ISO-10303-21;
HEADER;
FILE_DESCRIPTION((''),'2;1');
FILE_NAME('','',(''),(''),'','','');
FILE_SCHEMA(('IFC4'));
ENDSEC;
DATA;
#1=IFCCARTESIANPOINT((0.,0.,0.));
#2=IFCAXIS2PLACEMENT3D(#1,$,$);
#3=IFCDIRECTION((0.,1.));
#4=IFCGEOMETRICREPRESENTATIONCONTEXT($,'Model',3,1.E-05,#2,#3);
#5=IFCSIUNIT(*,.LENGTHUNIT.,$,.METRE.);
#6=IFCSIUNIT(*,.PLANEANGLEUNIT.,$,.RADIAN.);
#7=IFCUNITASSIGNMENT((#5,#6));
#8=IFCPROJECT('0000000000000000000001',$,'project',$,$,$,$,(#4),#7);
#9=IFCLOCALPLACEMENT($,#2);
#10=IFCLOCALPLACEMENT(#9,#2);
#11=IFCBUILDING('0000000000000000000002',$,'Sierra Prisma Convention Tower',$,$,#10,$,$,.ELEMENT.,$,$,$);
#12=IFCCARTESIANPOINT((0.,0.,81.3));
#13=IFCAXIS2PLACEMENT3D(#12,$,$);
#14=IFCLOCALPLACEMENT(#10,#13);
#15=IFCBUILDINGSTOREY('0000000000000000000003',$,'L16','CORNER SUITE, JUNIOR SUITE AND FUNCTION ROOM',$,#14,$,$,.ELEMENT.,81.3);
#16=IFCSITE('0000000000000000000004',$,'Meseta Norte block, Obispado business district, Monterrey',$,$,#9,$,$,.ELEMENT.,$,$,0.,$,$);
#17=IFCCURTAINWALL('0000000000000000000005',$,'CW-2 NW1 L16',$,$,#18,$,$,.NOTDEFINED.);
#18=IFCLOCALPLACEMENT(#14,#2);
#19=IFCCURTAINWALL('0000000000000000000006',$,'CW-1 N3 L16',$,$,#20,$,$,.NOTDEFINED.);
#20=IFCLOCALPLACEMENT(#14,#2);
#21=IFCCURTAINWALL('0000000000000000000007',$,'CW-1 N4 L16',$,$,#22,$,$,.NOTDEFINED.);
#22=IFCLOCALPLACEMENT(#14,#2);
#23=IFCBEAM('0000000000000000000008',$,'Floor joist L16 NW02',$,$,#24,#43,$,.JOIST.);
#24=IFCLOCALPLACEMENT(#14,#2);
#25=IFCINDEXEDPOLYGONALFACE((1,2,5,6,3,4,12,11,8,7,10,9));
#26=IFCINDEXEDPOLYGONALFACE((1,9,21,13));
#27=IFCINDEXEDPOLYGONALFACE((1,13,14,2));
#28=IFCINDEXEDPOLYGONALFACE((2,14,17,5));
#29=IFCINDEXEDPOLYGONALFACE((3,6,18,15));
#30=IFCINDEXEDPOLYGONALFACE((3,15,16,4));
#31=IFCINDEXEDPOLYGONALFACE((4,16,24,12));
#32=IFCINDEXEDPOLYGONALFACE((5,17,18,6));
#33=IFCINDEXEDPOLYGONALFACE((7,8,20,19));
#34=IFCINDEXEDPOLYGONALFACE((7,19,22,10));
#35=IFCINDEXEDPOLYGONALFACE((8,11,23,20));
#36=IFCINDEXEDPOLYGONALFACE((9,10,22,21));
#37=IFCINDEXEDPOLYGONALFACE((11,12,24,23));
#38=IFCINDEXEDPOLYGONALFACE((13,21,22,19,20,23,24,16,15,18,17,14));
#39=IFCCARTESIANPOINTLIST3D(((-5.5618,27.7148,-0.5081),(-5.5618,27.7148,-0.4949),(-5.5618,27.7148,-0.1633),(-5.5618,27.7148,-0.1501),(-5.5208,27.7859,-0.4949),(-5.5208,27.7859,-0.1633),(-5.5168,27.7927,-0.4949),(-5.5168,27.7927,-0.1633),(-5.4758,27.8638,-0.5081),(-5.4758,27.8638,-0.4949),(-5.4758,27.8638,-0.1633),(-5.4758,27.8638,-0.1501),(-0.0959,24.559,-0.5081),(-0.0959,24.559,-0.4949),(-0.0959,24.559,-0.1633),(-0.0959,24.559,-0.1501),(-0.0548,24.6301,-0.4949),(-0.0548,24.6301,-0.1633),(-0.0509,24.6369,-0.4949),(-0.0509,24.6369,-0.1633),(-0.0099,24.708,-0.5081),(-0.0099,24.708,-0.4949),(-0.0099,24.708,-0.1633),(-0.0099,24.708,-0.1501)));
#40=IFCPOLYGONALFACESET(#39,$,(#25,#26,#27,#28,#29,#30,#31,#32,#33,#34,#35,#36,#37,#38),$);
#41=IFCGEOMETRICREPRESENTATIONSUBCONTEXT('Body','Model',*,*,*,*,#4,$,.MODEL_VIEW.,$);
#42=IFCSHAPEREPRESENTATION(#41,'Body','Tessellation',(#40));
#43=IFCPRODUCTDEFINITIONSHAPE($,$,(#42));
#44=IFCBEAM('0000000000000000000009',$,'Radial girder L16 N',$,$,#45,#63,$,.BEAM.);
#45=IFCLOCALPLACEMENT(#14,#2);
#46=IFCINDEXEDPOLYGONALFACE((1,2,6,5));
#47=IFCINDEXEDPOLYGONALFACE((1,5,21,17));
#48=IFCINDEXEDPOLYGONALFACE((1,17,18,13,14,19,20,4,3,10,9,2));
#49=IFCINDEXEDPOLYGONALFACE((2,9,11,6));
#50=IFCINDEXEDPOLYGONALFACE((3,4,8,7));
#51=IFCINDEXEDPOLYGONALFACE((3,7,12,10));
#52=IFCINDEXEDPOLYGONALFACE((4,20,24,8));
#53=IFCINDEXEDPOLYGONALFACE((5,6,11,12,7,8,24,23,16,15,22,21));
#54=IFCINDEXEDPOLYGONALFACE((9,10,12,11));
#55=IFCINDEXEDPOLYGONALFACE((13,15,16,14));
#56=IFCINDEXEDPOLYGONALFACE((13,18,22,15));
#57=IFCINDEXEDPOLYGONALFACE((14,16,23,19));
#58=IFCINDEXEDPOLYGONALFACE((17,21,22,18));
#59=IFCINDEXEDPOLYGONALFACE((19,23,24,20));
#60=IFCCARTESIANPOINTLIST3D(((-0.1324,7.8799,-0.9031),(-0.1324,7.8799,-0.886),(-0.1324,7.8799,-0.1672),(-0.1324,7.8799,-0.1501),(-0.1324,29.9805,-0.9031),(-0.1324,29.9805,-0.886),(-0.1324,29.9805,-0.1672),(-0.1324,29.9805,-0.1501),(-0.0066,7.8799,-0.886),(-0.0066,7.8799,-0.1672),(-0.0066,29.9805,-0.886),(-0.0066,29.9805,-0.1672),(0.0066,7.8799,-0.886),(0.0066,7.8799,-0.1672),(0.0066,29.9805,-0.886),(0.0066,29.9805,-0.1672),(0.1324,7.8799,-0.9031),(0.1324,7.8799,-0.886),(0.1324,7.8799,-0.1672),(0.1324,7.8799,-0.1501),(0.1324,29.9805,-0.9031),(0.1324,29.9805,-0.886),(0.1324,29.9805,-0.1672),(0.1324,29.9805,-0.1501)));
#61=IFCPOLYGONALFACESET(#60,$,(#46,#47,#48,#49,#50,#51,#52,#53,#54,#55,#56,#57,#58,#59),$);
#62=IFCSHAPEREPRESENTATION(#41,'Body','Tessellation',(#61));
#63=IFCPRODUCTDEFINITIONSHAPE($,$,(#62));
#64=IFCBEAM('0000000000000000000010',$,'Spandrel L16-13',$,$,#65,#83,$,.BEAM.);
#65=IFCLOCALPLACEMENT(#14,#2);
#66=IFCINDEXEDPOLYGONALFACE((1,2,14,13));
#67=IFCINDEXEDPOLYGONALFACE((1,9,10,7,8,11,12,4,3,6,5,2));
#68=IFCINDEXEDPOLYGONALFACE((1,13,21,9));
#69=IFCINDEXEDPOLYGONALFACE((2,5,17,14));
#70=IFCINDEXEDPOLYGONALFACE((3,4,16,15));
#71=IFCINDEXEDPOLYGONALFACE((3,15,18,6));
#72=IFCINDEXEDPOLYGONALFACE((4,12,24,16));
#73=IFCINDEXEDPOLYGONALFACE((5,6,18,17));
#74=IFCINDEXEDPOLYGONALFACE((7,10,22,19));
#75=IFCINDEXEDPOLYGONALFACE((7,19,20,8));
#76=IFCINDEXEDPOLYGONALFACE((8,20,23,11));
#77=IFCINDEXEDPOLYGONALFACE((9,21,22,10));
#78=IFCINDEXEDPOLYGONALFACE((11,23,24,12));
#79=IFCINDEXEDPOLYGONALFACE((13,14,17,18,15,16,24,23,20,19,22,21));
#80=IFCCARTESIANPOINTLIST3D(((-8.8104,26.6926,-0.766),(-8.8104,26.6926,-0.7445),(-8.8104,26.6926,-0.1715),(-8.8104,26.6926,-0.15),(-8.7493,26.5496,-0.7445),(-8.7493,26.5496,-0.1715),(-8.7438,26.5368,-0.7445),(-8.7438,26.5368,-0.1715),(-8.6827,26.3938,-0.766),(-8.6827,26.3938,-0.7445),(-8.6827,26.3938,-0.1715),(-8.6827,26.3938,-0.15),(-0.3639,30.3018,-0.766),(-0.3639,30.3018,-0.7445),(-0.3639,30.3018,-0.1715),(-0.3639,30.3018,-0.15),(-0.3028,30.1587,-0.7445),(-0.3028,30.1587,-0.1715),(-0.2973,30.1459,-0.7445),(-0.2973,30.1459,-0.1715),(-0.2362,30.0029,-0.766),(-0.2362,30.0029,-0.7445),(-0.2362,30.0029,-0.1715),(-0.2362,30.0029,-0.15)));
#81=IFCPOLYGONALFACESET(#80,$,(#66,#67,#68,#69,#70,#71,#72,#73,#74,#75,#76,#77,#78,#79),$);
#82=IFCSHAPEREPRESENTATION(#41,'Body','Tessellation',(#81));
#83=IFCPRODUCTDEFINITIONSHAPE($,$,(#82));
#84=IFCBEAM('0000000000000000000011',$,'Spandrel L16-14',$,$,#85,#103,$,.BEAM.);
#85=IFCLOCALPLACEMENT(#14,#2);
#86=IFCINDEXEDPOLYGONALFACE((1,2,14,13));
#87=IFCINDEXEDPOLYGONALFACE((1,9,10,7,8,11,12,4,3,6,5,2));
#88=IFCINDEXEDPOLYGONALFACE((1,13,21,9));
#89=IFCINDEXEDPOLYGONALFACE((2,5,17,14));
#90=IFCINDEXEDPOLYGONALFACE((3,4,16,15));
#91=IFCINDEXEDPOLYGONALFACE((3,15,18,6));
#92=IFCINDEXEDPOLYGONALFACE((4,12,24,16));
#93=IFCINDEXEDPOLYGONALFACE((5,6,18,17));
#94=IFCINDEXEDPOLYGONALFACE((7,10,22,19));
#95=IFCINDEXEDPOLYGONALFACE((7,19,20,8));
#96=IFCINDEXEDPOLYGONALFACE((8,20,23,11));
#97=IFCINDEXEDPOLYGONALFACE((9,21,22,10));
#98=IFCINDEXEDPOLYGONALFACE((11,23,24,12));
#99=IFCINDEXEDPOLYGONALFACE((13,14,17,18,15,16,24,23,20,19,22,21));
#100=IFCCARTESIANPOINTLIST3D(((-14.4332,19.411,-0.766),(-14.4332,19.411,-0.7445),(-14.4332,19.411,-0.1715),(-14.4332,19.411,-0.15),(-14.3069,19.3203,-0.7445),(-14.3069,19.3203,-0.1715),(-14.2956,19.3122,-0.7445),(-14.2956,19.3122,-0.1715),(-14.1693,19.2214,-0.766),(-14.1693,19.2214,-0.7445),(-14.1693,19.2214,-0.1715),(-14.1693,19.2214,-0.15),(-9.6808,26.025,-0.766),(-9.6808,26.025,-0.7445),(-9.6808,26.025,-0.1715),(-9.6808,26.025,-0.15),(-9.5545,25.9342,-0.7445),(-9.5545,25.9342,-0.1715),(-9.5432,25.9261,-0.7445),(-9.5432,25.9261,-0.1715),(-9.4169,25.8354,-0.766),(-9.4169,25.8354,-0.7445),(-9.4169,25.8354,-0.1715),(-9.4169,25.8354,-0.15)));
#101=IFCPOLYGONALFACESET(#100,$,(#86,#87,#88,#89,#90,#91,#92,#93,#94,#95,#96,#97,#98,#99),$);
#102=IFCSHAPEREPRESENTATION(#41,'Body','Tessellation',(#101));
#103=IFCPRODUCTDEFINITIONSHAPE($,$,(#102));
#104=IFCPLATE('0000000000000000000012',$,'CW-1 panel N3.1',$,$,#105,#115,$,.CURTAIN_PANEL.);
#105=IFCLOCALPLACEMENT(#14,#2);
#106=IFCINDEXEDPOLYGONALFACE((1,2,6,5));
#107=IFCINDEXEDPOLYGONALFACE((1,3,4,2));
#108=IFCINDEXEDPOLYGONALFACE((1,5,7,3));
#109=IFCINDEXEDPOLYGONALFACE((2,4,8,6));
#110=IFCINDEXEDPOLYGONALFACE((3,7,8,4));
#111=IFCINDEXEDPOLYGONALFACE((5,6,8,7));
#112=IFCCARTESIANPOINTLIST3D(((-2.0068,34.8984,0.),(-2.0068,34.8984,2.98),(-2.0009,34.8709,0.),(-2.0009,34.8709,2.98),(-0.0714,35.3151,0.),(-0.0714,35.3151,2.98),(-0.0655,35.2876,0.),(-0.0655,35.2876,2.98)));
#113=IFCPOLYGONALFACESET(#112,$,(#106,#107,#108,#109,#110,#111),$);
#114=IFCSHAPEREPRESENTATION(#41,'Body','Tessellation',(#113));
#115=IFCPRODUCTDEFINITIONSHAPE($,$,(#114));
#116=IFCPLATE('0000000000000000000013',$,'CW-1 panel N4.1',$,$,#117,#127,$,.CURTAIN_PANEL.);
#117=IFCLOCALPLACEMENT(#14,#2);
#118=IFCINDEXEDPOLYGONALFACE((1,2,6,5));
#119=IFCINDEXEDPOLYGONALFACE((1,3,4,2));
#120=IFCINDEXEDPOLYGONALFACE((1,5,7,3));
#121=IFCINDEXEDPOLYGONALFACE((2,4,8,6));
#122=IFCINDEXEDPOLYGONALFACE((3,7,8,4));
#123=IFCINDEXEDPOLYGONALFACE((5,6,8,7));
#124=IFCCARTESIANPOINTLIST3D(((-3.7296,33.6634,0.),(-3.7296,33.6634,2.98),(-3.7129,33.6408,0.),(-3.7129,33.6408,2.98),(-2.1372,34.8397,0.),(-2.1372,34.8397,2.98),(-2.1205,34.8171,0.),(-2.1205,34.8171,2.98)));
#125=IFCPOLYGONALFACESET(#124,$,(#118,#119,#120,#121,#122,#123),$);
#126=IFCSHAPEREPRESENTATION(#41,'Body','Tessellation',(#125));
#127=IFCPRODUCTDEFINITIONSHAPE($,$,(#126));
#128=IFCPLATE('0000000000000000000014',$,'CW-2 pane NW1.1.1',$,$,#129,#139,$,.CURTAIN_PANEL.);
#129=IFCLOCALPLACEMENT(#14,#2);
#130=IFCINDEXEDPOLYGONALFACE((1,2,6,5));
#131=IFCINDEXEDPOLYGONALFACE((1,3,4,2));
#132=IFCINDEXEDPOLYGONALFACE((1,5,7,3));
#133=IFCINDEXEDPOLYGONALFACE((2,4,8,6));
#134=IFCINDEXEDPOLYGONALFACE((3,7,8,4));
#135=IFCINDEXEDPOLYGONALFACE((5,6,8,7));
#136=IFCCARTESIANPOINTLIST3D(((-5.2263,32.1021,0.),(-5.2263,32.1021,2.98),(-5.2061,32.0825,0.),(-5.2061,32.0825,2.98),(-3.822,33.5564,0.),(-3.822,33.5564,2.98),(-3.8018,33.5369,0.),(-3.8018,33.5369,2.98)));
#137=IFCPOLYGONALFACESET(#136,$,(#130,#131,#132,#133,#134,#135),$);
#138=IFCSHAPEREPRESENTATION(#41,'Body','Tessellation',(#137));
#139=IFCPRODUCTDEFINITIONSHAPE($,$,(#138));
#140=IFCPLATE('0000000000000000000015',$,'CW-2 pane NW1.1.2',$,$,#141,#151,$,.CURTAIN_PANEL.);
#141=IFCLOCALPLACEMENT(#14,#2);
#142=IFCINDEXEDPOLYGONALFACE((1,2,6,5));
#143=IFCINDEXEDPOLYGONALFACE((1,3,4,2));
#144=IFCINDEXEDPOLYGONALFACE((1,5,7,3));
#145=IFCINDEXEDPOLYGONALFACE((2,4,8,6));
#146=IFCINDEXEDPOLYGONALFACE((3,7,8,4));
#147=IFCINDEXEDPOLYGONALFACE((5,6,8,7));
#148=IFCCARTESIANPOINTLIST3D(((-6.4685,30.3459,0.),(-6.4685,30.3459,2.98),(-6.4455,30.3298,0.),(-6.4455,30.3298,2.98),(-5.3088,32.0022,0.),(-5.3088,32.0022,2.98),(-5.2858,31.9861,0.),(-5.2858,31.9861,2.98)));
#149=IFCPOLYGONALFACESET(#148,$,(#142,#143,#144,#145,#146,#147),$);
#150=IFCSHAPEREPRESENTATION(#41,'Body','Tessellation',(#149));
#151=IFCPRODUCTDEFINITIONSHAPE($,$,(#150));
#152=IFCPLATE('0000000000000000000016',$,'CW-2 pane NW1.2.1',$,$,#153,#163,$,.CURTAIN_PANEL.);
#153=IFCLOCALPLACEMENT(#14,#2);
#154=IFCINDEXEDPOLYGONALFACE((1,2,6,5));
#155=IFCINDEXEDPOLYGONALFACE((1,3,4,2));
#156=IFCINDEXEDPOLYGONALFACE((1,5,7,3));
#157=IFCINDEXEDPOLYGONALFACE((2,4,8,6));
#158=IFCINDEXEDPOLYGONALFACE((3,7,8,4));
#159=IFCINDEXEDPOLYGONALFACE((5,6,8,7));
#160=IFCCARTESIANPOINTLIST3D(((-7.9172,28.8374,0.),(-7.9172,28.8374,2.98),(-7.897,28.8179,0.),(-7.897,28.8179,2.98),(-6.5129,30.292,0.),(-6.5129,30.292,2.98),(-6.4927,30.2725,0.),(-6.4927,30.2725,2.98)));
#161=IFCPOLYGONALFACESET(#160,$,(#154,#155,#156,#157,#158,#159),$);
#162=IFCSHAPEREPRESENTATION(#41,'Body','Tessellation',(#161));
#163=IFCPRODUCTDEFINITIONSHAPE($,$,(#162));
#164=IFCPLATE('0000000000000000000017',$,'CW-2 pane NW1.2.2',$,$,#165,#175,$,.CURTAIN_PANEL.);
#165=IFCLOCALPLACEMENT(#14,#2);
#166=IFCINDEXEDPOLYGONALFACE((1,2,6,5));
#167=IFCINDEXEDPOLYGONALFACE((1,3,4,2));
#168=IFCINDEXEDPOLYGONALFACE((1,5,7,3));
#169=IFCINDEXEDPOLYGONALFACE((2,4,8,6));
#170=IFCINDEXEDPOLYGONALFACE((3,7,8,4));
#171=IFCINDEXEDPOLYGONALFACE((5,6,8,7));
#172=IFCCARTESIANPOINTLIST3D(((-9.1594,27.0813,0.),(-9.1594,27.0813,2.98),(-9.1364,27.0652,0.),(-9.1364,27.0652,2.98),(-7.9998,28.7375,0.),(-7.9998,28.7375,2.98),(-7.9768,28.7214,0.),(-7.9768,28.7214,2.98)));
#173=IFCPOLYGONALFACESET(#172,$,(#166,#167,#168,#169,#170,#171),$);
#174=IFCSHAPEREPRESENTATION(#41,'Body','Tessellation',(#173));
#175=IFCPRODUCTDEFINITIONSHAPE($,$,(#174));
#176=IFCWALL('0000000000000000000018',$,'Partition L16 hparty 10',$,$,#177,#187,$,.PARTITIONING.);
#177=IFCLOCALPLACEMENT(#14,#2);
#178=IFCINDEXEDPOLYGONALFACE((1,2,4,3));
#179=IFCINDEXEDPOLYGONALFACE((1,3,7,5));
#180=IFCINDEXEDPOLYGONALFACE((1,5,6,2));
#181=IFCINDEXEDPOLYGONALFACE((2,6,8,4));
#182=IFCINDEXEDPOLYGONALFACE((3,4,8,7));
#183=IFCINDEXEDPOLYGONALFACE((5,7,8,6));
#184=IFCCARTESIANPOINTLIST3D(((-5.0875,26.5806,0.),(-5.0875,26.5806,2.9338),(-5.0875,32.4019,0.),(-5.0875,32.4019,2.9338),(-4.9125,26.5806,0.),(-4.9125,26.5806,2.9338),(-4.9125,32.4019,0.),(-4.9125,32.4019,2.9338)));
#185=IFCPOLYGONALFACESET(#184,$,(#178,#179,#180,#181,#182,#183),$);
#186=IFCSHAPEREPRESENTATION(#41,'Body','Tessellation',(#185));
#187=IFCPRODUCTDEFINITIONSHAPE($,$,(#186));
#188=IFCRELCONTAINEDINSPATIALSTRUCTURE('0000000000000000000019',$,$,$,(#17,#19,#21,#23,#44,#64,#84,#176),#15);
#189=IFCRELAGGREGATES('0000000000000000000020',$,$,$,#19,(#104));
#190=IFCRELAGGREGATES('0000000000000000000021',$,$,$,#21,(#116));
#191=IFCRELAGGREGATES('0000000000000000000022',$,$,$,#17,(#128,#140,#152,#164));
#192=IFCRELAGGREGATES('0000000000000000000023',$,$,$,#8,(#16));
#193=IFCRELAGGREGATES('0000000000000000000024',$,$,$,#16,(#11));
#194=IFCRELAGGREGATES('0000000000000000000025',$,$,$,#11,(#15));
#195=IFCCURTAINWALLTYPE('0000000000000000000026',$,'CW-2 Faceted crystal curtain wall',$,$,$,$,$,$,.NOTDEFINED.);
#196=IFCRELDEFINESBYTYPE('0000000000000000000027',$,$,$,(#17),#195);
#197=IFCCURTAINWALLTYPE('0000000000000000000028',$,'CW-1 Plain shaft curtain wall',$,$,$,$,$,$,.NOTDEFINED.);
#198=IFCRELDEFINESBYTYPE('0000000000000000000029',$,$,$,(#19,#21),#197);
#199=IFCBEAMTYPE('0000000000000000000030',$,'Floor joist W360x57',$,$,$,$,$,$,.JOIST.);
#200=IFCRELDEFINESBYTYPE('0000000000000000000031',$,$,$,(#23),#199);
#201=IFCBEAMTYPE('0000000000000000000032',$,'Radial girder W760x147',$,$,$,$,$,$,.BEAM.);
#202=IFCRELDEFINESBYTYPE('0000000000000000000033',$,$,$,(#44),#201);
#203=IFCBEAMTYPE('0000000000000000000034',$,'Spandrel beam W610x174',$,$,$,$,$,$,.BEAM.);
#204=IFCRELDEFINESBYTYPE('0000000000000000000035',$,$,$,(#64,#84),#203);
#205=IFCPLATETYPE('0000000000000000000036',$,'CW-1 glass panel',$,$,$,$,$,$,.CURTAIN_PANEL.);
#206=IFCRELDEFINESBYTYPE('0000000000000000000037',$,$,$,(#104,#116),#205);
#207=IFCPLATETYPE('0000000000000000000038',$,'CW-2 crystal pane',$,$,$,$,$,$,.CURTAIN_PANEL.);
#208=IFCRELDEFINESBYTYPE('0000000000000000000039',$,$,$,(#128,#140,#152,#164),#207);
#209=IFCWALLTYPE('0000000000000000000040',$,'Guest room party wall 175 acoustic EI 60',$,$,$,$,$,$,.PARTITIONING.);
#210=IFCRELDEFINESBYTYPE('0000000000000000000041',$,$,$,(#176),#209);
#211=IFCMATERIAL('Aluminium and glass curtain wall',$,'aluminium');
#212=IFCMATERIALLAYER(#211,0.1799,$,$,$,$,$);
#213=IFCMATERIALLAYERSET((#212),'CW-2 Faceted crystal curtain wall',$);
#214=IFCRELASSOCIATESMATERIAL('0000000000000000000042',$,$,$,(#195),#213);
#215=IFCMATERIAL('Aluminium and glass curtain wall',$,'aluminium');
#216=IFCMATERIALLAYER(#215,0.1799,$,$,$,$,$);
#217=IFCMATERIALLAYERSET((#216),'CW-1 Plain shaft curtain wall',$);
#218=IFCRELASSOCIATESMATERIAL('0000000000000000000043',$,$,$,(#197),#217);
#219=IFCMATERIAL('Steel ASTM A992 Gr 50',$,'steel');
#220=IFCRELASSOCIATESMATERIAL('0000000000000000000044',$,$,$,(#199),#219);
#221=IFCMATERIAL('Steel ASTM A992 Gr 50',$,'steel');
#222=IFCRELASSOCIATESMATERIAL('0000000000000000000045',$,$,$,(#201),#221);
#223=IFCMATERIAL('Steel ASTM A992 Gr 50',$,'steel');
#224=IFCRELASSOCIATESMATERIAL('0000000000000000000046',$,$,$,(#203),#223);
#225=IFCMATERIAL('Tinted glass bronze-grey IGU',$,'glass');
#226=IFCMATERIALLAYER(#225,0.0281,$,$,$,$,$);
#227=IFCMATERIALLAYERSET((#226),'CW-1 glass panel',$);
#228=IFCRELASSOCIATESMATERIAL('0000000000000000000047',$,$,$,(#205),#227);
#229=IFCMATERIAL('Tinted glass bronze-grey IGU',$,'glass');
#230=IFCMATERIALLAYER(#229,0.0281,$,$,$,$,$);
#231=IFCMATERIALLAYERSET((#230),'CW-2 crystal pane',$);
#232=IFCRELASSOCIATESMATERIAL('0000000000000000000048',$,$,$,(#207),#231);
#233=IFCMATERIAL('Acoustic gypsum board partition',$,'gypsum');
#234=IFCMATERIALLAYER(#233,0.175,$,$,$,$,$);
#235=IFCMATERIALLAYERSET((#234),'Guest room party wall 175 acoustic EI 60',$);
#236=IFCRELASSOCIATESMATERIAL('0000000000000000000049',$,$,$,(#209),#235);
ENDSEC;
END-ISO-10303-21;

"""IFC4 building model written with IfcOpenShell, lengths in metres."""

from ifc_helpers import new_model, si_unit, direction, frame, frame_2d, origin, origin_2d, place, context, subcontext, project, spatial, polyline, rectangle, i_section, outline, extrude, material, layer, layer_set, material_profile, profile_set, type_object, element, aggregate, save


model = new_model("IFC4")

# Units and contexts
model_context = context("Model", 3, precision=1e-05, world=origin(), true_north=direction((0.0, 1.0)))
body_context = subcontext(model_context, "Body", "Model", "MODEL_VIEW")
ifc_project = project(units=[si_unit("LENGTHUNIT", "METRE"), si_unit("PLANEANGLEUNIT", "RADIAN")], contexts=[model_context])

# Site, building, storey
site_placement = place(None, origin())
site = spatial("IfcSite", under=ifc_project, at=site_placement, Name="Meseta Norte block, Obispado business district, Monterrey", CompositionType="ELEMENT", RefElevation=0.0)
building_placement = place(site_placement, origin())
building = spatial("IfcBuilding", under=site, at=building_placement, Name="Sierra Prisma Convention Tower", CompositionType="ELEMENT")
storey_placement = place(building_placement, frame((0.0, 0.0, 81.3)))
storey = spatial("IfcBuildingStorey", under=building, at=storey_placement, Name="L16", Description="CORNER SUITE, JUNIOR SUITE AND FUNCTION ROOM", CompositionType="ELEMENT", Elevation=81.3)

# Curtain wall
ifc_material_1 = material(Name="Aluminium and glass curtain wall", Category="aluminium")
ifc_layer_1 = layer(ifc_material_1, 0.1799)
ifc_layer_set_1 = layer_set([ifc_layer_1], Name="CW-2 Faceted crystal curtain wall")
curtain_wall_type_1 = type_object("IfcCurtainWallType", Name="CW-2 Faceted crystal curtain wall", PredefinedType="NOTDEFINED", material=ifc_layer_set_1)
curtain_wall_1_placement = place(storey_placement, origin())
curtain_wall_1 = element("IfcCurtainWall", 1, at=curtain_wall_1_placement, inside=storey, type_object=curtain_wall_type_1, Name="CW-2 NW1 L16", PredefinedType="NOTDEFINED")

# Curtain walls
ifc_material_2 = material(Name="Aluminium and glass curtain wall", Category="aluminium")
ifc_layer_2 = layer(ifc_material_2, 0.1799)
ifc_layer_set_2 = layer_set([ifc_layer_2], Name="CW-1 Plain shaft curtain wall")
curtain_wall_type_2 = type_object("IfcCurtainWallType", Name="CW-1 Plain shaft curtain wall", PredefinedType="NOTDEFINED", material=ifc_layer_set_2)
curtain_wall_2_placement = place(storey_placement, origin())
curtain_wall_2 = element("IfcCurtainWall", 2, at=curtain_wall_2_placement, inside=storey, type_object=curtain_wall_type_2, Name="CW-1 N3 L16", PredefinedType="NOTDEFINED")
curtain_wall_3_placement = place(storey_placement, origin())
curtain_wall_3 = element("IfcCurtainWall", 3, at=curtain_wall_3_placement, inside=storey, type_object=curtain_wall_type_2, Name="CW-1 N4 L16", PredefinedType="NOTDEFINED")

# Beams
ifc_material_3 = material(Name="Steel ASTM A992 Gr 50", Category="steel")
ifc_material_profile_1 = material_profile(ifc_material_3, i_section(OverallWidth=0.1721, OverallDepth=0.3579, WebThickness=0.0078, FlangeThickness=0.0132, at=origin_2d()), Name="W360x57")
ifc_profile_set_1 = profile_set([ifc_material_profile_1], Name="Steel ASTM A992 Gr 50")
beam_type_1 = type_object("IfcBeamType", Name="Floor joist W360x57", PredefinedType="JOIST", material=ifc_profile_set_1)
beam_1_placement = place(storey_placement, frame((-5.5188, 27.7893, -0.3291), z_axis=(0.866021, -0.500008, 0.0), x_axis=(0.500008, 0.866021, 0.0)))
element("IfcBeam", 4, at=beam_1_placement, inside=storey, type_object=beam_type_1, Name="Floor joist L16 NW02", PredefinedType="JOIST", context=body_context, shape_type="SweptSolid", body=[
    extrude(i_section(OverallWidth=0.1721, OverallDepth=0.3579, WebThickness=0.0078, FlangeThickness=0.0132, at=origin_2d()), origin(), (0.0, 0.0, 1.0), 6.3115),
])
ifc_material_4 = material(Name="Steel ASTM A992 Gr 50", Category="steel")
ifc_material_profile_2 = material_profile(ifc_material_4, i_section(OverallWidth=0.2649, OverallDepth=0.7529, WebThickness=0.0132, FlangeThickness=0.0171, at=origin_2d()), Name="W760x147")
ifc_profile_set_2 = profile_set([ifc_material_profile_2], Name="Steel ASTM A992 Gr 50")
beam_type_2 = type_object("IfcBeamType", Name="Radial girder W760x147", PredefinedType="BEAM", material=ifc_profile_set_2)
beam_2_placement = place(storey_placement, frame((0.0, 29.9805, -0.5266), z_axis=(0.0, -1.0, 0.0), x_axis=(1.0, 0.0, 0.0)))
element("IfcBeam", 5, at=beam_2_placement, inside=storey, type_object=beam_type_2, Name="Radial girder L16 N", PredefinedType="BEAM", context=body_context, shape_type="SweptSolid", body=[
    extrude(i_section(OverallWidth=0.2649, OverallDepth=0.7529, WebThickness=0.0132, FlangeThickness=0.0171, at=origin_2d()), origin(), (0.0, 0.0, 1.0), 22.1006),
])
ifc_material_5 = material(Name="Steel ASTM A992 Gr 50", Category="steel")
ifc_material_profile_3 = material_profile(ifc_material_5, i_section(OverallWidth=0.325, OverallDepth=0.616, WebThickness=0.0139, FlangeThickness=0.0215, at=origin_2d()), Name="W610x174")
ifc_profile_set_3 = profile_set([ifc_material_profile_3], Name="Steel ASTM A992 Gr 50")
beam_type_3 = type_object("IfcBeamType", Name="Spandrel beam W610x174", PredefinedType="BEAM", material=ifc_profile_set_3)
beam_3_placement = place(storey_placement, frame((-0.3, 30.1523, -0.458), z_axis=(-0.919571, -0.392925, 0.0), x_axis=(0.392925, -0.919571, 0.0)))
element("IfcBeam", 6, at=beam_3_placement, inside=storey, type_object=beam_type_3, Name="Spandrel L16-13", PredefinedType="BEAM", context=body_context, shape_type="SweptSolid", body=[
    extrude(i_section(OverallWidth=0.325, OverallDepth=0.616, WebThickness=0.0139, FlangeThickness=0.0215, at=origin_2d()), origin(), (0.0, 0.0, 1.0), 9.1853),
])
beam_4_placement = place(storey_placement, frame((-9.5488, 25.9302, -0.458), z_axis=(-0.583524, -0.812096, 0.0), x_axis=(0.812096, -0.583524, 0.0)))
element("IfcBeam", 7, at=beam_4_placement, inside=storey, type_object=beam_type_3, Name="Spandrel L16-14", PredefinedType="BEAM", context=body_context, shape_type="SweptSolid", body=[
    extrude(i_section(OverallWidth=0.325, OverallDepth=0.616, WebThickness=0.0139, FlangeThickness=0.0215, at=origin_2d()), origin(), (0.0, 0.0, 1.0), 8.1443),
])

# Plates
ifc_material_6 = material(Name="Tinted glass bronze-grey IGU", Category="glass")
ifc_layer_3 = layer(ifc_material_6, 0.0281)
ifc_layer_set_3 = layer_set([ifc_layer_3], Name="CW-1 glass panel")
plate_type_1 = type_object("IfcPlateType", Name="CW-1 glass panel", PredefinedType="CURTAIN_PANEL", material=ifc_layer_set_3)
plate_1_placement = place(storey_placement, frame((-1.0361, 35.093, 0.0), z_axis=(0.0, 0.0, 1.0), x_axis=(-0.977598, -0.210482, 0.0)))
plate_1 = element("IfcPlate", 8, at=plate_1_placement, type_object=plate_type_1, Name="CW-1 panel N3.1", PredefinedType="CURTAIN_PANEL", context=body_context, shape_type="SweptSolid", body=[
    extrude(rectangle(XDim=1.9797, YDim=0.0281, at=origin_2d()), origin(), (0.0, 0.0, 1.0), 2.98),
])
aggregate(curtain_wall_2, [plate_1])
plate_2_placement = place(storey_placement, frame((-2.925, 34.2402, 0.0), z_axis=(0.0, 0.0, 1.0), x_axis=(-0.804356, -0.594147, 0.0)))
plate_2 = element("IfcPlate", 9, at=plate_2_placement, type_object=plate_type_1, Name="CW-1 panel N4.1", PredefinedType="CURTAIN_PANEL", context=body_context, shape_type="SweptSolid", body=[
    extrude(rectangle(XDim=1.9797, YDim=0.0281, at=origin_2d()), origin(), (0.0, 0.0, 1.0), 2.98),
])
aggregate(curtain_wall_3, [plate_2])
ifc_material_7 = material(Name="Tinted glass bronze-grey IGU", Category="glass")
ifc_layer_4 = layer(ifc_material_7, 0.0281)
ifc_layer_set_4 = layer_set([ifc_layer_4], Name="CW-2 crystal pane")
plate_type_2 = type_object("IfcPlateType", Name="CW-2 crystal pane", PredefinedType="CURTAIN_PANEL", material=ifc_layer_set_4)
plate_3_placement = place(storey_placement, frame((-3.822, 33.5564, 0.0), z_axis=(-0.719376, 0.69462, 0.0), x_axis=(-0.69462, -0.719376, 0.0)))
plate_3 = element("IfcPlate", 10, at=plate_3_placement, type_object=plate_type_2, Name="CW-2 pane NW1.1.1", PredefinedType="CURTAIN_PANEL", context=body_context, shape_type="SweptSolid", body=[
    extrude(outline(polyline([(0.0, 0.0), (2.0217, 0.0), (2.0217, 2.98), (0.0, 2.98), (0.0, 0.0)])), origin(), (0.0, 0.0, -1.0), 0.0281),
])
plate_4_placement = place(storey_placement, frame((-6.4685, 30.3459, 0.0), z_axis=(-0.819164, 0.57356, 0.0), x_axis=(0.57356, 0.819164, 0.0)))
plate_4 = element("IfcPlate", 11, at=plate_4_placement, type_object=plate_type_2, Name="CW-2 pane NW1.1.2", PredefinedType="CURTAIN_PANEL", context=body_context, shape_type="SweptSolid", body=[
    extrude(outline(polyline([(0.0, 0.0), (2.0219, 0.0), (2.0219, -2.98), (0.0, -2.98), (0.0, 0.0)])), origin(), (0.0, 0.0, -1.0), 0.0281),
])
plate_5_placement = place(storey_placement, frame((-6.5129, 30.292, 0.0), z_axis=(-0.719435, 0.69456, 0.0), x_axis=(-0.69456, -0.719435, 0.0)))
plate_5 = element("IfcPlate", 12, at=plate_5_placement, type_object=plate_type_2, Name="CW-2 pane NW1.2.1", PredefinedType="CURTAIN_PANEL", context=body_context, shape_type="SweptSolid", body=[
    extrude(outline(polyline([(0.0, 0.0), (2.0219, 0.0), (2.0219, 2.98), (0.0, 2.98), (0.0, 0.0)])), origin(), (0.0, 0.0, -1.0), 0.0281),
])
plate_6_placement = place(storey_placement, frame((-9.1594, 27.0813, 0.0), z_axis=(-0.819164, 0.57356, 0.0), x_axis=(0.57356, 0.819164, 0.0)))
plate_6 = element("IfcPlate", 13, at=plate_6_placement, type_object=plate_type_2, Name="CW-2 pane NW1.2.2", PredefinedType="CURTAIN_PANEL", context=body_context, shape_type="SweptSolid", body=[
    extrude(outline(polyline([(0.0, 0.0), (2.0219, 0.0), (2.0219, -2.98), (0.0, -2.98), (0.0, 0.0)])), origin(), (0.0, 0.0, -1.0), 0.0281),
])
aggregate(curtain_wall_1, [plate_3, plate_4, plate_5, plate_6])

# Wall
ifc_material_8 = material(Name="Acoustic gypsum board partition", Category="gypsum")
ifc_layer_5 = layer(ifc_material_8, 0.175)
ifc_layer_set_5 = layer_set([ifc_layer_5], Name="Guest room party wall 175 acoustic EI 60")
wall_type = type_object("IfcWallType", Name="Guest room party wall 175 acoustic EI 60", PredefinedType="PARTITIONING", material=ifc_layer_set_5)
wall_placement = place(storey_placement, frame((-5.0, 32.4019, 0.0), z_axis=(0.0, 0.0, 1.0), x_axis=(0.0, -1.0, 0.0)))
element("IfcWall", 14, at=wall_placement, inside=storey, type_object=wall_type, Name="Partition L16 hparty 10", PredefinedType="PARTITIONING", context=body_context, shape_type="SweptSolid", body=[
    extrude(rectangle(XDim=5.8213, YDim=0.175, at=frame_2d((2.9106, 0.0))), origin(), (0.0, 0.0, 1.0), 2.9338),
])

save(model, "model.ifc")
